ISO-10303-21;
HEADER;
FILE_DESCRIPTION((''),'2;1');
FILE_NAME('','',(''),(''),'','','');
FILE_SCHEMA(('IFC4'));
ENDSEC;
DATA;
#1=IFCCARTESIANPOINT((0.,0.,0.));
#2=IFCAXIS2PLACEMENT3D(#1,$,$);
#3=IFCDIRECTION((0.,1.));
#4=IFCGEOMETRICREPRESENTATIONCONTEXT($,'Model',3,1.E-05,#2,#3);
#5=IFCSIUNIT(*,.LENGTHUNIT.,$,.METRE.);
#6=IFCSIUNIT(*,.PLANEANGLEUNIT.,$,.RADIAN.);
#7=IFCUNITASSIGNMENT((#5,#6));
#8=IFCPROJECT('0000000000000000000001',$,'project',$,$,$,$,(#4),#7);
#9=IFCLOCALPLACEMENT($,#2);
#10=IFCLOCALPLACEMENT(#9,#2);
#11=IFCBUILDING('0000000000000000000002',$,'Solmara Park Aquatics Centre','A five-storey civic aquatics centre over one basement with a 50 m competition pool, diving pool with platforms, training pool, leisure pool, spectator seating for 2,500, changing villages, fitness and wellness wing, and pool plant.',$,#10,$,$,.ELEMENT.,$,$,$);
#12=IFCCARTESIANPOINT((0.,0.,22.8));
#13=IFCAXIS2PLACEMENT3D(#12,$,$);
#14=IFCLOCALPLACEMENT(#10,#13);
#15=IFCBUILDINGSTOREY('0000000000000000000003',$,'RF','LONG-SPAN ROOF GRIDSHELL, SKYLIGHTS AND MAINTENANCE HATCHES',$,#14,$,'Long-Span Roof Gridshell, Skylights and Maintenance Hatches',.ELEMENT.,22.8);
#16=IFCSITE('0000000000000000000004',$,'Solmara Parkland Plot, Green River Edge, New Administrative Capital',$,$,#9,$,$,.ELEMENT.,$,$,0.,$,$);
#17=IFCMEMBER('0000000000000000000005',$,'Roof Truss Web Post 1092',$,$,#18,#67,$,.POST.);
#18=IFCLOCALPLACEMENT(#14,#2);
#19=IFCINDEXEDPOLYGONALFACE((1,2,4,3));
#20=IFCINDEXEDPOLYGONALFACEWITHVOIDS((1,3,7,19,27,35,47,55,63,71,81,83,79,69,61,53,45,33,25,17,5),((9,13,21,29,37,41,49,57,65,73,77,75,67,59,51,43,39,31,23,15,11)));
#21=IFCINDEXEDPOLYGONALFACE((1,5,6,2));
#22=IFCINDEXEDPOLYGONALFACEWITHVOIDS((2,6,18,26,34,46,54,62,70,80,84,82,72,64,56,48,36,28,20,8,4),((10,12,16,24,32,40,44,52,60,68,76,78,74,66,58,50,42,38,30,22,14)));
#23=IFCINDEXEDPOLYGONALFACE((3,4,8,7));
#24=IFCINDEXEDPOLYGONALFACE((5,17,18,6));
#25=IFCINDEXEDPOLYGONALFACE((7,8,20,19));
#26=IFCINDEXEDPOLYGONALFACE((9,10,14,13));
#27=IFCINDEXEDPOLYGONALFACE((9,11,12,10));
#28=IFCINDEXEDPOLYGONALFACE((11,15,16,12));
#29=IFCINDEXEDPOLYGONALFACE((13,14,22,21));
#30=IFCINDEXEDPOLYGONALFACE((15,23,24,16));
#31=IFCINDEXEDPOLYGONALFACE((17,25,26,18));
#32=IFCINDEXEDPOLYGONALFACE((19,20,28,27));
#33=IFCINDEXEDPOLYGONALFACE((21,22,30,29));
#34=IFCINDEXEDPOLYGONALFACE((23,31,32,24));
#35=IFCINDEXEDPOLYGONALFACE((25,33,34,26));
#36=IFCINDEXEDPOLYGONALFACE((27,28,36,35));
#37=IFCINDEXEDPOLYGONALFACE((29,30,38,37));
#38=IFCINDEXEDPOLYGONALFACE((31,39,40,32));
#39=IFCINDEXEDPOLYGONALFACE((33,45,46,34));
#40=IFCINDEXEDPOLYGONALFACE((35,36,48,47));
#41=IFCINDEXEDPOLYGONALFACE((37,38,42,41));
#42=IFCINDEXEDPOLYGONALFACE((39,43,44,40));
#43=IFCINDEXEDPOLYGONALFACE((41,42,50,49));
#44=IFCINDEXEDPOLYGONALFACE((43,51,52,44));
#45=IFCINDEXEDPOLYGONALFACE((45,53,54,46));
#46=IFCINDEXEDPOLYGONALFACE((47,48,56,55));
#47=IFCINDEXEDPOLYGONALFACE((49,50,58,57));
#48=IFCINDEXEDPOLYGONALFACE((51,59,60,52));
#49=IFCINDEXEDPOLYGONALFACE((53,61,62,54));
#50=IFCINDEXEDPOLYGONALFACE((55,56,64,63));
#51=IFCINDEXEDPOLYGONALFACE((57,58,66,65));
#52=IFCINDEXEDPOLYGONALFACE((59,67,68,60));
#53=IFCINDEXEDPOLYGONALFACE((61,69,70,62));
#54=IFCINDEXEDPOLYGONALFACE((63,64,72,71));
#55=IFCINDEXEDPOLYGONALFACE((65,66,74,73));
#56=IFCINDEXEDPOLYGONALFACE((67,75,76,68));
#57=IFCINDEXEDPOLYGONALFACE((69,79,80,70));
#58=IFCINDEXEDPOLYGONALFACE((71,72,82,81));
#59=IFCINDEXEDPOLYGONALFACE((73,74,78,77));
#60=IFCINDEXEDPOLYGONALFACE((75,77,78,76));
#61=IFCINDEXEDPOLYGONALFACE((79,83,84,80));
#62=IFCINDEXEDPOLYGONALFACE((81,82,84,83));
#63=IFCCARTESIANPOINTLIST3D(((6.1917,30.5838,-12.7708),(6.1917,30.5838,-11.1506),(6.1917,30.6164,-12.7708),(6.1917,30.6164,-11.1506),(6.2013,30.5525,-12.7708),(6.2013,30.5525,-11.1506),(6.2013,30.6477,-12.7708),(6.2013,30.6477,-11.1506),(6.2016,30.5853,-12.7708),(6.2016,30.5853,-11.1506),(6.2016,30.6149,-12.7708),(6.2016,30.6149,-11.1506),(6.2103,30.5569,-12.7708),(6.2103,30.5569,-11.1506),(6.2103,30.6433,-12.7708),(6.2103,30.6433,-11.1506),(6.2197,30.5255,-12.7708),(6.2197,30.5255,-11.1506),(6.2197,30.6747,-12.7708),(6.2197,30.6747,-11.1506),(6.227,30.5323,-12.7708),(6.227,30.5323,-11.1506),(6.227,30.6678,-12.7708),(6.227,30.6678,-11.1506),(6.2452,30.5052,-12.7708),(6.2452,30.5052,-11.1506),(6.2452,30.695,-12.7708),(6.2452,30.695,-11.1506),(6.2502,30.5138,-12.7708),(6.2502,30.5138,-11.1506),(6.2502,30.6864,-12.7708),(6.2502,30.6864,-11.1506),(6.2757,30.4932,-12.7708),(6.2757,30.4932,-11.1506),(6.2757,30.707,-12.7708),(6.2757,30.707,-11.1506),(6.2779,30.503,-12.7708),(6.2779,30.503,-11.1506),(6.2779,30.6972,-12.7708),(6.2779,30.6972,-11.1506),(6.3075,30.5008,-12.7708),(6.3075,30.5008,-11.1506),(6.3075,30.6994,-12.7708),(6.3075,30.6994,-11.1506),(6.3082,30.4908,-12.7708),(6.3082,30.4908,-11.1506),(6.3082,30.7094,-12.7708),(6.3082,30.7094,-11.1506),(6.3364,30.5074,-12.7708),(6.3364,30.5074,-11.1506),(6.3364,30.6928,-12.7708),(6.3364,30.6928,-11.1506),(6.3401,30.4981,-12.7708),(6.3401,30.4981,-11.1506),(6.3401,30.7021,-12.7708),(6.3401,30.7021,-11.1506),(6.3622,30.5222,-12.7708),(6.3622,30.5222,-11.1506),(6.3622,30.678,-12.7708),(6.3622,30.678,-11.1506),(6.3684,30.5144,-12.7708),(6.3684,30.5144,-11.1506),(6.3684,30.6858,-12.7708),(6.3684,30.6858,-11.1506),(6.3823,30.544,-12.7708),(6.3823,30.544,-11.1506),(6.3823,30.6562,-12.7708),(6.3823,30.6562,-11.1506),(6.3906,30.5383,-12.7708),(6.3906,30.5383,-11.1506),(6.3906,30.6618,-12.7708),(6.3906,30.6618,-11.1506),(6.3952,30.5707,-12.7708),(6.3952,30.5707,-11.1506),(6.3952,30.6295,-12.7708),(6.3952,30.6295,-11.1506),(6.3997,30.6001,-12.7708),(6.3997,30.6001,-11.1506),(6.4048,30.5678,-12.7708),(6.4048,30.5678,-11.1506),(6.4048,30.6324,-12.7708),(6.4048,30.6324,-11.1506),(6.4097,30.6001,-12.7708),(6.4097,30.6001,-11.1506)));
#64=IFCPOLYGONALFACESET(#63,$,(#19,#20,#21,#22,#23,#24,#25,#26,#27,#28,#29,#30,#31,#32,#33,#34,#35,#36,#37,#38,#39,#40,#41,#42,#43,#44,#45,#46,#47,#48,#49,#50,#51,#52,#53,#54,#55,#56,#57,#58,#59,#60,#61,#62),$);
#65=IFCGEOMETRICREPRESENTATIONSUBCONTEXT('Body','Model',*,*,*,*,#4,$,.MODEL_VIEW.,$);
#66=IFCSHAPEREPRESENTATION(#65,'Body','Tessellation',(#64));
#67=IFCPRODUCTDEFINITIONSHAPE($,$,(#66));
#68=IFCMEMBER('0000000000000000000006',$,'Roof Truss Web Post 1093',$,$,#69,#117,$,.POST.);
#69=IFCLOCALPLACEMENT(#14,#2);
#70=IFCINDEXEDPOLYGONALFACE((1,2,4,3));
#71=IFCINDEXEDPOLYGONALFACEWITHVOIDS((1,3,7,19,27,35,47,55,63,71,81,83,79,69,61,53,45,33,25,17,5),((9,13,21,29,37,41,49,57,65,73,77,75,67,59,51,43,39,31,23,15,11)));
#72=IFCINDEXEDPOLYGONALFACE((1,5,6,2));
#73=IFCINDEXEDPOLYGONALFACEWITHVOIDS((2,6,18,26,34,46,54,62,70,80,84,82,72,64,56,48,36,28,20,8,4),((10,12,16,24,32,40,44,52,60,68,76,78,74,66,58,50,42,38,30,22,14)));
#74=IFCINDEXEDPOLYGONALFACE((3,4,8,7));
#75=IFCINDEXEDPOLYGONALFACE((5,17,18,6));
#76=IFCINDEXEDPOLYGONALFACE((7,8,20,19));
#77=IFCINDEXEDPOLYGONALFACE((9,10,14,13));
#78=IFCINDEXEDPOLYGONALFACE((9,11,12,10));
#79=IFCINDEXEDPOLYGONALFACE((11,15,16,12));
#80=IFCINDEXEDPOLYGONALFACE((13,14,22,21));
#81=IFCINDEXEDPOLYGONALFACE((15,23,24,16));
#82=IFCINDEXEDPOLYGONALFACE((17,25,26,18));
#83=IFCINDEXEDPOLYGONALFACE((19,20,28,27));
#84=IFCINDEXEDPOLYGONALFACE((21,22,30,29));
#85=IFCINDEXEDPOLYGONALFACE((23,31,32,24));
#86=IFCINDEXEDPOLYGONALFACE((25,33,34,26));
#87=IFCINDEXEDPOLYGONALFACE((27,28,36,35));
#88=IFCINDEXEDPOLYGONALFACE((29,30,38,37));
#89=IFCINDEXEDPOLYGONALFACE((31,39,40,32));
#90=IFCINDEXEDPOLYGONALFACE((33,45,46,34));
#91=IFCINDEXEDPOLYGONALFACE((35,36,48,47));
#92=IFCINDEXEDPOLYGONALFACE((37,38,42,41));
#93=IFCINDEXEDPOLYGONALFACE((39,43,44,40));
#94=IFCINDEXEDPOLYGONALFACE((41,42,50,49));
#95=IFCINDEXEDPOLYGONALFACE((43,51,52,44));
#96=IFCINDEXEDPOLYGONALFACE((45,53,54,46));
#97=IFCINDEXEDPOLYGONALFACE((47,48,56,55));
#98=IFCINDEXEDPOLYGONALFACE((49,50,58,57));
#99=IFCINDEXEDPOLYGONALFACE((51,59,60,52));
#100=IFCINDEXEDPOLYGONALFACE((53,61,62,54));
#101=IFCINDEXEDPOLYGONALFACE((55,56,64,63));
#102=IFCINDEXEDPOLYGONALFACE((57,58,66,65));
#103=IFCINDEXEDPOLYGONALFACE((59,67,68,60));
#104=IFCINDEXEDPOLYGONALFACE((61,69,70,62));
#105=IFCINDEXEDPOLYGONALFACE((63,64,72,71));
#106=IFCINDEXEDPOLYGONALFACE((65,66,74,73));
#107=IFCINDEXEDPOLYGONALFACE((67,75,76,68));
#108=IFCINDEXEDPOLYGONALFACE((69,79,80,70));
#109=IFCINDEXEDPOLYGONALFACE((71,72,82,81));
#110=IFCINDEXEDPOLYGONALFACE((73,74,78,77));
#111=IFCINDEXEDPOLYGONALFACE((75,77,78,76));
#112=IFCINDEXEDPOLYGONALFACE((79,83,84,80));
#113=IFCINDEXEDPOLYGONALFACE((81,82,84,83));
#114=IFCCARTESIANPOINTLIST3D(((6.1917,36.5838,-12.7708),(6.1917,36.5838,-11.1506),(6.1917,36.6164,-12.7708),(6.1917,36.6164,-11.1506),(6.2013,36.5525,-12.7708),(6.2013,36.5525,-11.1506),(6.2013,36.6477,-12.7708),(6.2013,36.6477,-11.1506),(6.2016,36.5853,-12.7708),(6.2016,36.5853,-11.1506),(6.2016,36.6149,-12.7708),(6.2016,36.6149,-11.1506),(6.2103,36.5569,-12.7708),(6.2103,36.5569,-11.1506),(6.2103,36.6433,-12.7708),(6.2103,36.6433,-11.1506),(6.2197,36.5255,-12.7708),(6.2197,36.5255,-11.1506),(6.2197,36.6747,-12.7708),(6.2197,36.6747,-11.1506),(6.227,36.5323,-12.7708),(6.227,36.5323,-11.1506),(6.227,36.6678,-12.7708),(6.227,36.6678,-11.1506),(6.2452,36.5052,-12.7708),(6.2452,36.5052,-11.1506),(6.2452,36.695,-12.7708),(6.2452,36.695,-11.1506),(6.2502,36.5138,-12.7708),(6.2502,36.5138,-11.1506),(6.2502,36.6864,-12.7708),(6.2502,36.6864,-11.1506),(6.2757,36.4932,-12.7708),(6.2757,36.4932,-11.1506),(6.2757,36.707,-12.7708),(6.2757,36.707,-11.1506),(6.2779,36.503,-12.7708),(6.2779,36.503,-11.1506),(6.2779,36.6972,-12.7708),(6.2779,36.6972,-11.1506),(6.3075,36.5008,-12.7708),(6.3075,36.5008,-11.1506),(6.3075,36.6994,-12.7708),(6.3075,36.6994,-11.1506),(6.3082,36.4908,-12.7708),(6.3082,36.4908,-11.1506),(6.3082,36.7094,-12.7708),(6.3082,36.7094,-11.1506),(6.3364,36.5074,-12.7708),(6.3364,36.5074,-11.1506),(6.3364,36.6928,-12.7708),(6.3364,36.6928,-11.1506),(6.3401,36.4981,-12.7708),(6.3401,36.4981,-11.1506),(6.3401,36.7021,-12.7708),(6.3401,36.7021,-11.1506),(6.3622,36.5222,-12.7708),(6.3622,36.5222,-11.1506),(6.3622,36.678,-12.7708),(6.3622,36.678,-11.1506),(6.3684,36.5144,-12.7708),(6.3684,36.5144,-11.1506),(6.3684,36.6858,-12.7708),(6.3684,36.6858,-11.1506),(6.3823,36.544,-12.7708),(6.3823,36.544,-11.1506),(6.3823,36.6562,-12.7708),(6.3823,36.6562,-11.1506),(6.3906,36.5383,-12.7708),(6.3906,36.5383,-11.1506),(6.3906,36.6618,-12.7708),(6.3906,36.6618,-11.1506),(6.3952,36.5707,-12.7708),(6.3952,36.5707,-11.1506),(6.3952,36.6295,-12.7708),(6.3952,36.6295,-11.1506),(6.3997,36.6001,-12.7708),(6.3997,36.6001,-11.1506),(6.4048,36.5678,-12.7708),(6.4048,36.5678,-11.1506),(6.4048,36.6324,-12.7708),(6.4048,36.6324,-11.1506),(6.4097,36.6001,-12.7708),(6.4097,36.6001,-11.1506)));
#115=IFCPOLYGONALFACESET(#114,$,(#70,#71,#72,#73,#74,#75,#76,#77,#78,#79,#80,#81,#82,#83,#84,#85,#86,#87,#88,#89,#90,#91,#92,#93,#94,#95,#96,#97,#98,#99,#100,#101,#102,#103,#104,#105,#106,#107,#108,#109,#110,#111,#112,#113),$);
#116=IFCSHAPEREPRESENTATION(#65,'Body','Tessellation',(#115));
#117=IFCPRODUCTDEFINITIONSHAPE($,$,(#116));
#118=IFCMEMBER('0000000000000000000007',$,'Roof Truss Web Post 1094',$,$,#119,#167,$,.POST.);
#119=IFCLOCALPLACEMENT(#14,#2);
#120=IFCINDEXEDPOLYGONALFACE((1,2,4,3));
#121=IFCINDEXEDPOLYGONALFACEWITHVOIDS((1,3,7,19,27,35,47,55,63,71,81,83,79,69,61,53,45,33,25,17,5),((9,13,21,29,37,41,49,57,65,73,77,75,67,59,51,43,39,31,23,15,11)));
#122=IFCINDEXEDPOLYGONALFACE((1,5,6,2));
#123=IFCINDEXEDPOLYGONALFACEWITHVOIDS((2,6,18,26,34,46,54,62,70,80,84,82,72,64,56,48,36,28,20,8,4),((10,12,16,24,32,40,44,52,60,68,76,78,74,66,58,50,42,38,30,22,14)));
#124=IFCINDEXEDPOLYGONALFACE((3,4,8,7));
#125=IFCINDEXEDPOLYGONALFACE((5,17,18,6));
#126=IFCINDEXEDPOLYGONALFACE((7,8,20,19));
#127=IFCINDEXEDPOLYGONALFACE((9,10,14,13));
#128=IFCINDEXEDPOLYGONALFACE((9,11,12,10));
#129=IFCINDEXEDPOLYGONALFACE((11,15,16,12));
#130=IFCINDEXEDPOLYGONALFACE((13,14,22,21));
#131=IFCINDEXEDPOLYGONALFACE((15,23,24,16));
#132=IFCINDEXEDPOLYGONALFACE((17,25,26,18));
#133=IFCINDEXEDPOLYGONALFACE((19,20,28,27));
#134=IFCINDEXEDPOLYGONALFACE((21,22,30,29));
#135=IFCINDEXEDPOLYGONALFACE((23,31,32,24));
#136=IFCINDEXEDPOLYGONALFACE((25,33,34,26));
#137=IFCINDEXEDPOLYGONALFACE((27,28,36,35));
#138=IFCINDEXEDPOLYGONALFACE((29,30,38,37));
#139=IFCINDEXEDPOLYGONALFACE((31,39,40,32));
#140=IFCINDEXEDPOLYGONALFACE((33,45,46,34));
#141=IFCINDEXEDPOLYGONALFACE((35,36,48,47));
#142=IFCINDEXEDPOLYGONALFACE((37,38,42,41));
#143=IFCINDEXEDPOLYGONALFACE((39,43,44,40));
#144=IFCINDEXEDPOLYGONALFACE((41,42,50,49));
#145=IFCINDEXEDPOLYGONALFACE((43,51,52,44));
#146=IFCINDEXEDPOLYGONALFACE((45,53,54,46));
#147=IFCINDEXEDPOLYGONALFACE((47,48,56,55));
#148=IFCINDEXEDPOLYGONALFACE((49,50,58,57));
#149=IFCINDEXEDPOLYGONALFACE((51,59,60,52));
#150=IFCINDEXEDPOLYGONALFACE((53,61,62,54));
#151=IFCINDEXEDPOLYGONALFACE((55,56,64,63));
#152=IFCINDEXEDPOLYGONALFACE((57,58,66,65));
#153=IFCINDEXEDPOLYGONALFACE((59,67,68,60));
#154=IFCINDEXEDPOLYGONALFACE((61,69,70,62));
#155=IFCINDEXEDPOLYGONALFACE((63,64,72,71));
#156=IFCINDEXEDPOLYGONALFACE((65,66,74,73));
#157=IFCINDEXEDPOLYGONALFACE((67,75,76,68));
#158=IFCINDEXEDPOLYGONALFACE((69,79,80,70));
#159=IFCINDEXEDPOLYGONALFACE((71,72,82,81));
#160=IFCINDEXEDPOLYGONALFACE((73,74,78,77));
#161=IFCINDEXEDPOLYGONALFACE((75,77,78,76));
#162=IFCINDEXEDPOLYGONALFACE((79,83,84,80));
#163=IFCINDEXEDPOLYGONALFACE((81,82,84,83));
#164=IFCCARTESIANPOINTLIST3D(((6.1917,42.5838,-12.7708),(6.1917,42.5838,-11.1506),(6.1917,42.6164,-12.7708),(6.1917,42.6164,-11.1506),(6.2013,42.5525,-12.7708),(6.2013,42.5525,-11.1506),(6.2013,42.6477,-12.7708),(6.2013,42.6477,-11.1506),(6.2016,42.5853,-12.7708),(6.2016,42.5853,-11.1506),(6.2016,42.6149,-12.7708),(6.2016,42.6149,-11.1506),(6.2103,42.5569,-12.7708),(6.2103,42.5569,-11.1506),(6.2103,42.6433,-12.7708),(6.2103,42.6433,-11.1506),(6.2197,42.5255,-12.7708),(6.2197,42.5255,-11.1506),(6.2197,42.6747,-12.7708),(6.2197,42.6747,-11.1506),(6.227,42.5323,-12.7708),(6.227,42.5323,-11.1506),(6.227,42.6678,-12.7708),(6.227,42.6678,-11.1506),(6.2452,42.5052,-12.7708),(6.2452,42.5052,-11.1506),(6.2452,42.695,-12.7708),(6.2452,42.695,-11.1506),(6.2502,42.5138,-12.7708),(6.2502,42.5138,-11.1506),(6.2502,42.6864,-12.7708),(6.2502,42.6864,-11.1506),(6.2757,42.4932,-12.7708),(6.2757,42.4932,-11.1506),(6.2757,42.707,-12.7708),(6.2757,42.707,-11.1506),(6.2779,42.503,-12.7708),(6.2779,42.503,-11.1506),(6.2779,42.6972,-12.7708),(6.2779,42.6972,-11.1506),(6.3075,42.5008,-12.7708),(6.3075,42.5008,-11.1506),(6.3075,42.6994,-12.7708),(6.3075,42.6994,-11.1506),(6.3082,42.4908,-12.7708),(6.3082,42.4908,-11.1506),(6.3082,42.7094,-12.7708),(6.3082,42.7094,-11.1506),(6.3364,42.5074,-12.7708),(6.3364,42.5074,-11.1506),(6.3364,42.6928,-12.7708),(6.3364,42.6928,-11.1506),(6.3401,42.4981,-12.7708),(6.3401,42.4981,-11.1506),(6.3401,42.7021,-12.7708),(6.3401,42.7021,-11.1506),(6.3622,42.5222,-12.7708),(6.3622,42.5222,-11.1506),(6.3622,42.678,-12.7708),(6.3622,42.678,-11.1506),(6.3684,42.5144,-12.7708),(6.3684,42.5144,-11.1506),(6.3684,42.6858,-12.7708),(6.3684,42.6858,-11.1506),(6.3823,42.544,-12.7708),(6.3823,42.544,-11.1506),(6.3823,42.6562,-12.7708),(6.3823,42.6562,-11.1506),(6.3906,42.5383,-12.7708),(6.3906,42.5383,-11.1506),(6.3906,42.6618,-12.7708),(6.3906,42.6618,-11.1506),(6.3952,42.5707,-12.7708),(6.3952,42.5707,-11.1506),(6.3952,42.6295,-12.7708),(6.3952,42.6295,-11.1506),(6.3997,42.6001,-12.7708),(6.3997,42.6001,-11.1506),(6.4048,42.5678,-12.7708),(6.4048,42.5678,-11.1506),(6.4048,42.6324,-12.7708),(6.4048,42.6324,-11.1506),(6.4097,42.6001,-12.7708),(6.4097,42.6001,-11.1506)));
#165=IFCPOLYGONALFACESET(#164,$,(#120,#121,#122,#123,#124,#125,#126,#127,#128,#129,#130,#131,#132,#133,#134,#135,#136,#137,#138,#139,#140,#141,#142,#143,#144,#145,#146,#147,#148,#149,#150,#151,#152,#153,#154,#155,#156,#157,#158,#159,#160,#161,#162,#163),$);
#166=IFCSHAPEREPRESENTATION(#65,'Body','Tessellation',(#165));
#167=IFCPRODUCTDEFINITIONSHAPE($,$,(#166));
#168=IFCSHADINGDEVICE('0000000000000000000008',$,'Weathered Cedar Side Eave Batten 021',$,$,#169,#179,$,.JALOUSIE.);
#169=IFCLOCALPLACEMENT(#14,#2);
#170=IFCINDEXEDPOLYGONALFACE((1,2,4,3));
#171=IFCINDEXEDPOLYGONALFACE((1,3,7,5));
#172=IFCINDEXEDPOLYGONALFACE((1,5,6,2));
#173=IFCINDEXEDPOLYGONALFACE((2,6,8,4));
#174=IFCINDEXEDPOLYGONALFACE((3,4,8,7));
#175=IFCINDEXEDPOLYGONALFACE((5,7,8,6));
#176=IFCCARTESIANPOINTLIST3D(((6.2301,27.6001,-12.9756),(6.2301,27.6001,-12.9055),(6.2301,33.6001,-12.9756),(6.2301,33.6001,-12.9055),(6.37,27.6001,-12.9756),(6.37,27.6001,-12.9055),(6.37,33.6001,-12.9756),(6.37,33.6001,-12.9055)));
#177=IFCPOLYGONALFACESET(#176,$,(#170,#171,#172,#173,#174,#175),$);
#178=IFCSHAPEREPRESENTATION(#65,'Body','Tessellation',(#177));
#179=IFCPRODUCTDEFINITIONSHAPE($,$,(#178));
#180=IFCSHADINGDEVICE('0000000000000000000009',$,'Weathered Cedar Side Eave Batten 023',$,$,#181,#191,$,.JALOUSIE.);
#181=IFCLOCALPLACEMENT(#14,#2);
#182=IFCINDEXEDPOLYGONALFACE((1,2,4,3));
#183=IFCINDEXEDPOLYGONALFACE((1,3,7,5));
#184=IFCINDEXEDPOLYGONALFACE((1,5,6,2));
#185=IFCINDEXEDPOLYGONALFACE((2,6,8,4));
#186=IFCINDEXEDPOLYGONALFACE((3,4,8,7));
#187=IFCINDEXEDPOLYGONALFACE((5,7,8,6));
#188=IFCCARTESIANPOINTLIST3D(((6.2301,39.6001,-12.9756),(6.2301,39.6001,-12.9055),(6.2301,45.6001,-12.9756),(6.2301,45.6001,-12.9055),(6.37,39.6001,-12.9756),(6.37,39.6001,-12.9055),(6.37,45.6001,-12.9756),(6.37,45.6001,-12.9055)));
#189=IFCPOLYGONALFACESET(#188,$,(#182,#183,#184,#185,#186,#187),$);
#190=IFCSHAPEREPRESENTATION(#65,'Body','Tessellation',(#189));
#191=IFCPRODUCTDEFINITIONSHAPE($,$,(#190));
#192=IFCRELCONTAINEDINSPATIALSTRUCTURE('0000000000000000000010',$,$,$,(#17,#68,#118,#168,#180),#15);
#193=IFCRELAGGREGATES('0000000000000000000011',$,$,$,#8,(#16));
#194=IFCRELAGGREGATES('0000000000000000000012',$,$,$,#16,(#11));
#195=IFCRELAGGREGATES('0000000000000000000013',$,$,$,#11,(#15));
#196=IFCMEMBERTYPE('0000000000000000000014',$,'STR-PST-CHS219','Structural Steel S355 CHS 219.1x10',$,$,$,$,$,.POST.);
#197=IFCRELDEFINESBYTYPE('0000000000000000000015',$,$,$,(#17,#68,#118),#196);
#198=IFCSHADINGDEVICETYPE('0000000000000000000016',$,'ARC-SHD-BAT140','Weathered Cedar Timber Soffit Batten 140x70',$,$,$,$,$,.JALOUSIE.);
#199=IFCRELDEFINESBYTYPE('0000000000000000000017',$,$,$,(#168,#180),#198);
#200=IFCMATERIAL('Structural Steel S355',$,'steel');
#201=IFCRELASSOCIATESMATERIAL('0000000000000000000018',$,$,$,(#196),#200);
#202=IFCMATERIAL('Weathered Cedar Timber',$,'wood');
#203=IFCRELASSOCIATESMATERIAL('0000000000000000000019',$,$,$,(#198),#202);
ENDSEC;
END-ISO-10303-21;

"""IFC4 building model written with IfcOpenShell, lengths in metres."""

from ifc_helpers import new_model, si_unit, direction, frame, origin, origin_2d, place, context, subcontext, project, spatial, rectangle, hollow_circle, extrude, material, material_profile, profile_set, type_object, element, save


model = new_model("IFC4")

# Units and contexts
model_context = context("Model", 3, precision=1e-05, world=origin(), true_north=direction((0.0, 1.0)))
body_context = subcontext(model_context, "Body", "Model", "MODEL_VIEW")
ifc_project = project(units=[si_unit("LENGTHUNIT", "METRE"), si_unit("PLANEANGLEUNIT", "RADIAN")], contexts=[model_context])

# Site, building, storey
site_placement = place(None, origin())
site = spatial("IfcSite", under=ifc_project, at=site_placement, Name="Solmara Parkland Plot, Green River Edge, New Administrative Capital", CompositionType="ELEMENT", RefElevation=0.0)
building_placement = place(site_placement, origin())
building = spatial("IfcBuilding", under=site, at=building_placement, Name="Solmara Park Aquatics Centre", Description="A five-storey civic aquatics centre over one basement with a 50 m competition pool, diving pool with platforms, training pool, leisure pool, spectator seating for 2,500, changing villages, fitness and wellness wing, and pool plant.", CompositionType="ELEMENT")
storey_placement = place(building_placement, frame((0.0, 0.0, 22.8)))
storey = spatial("IfcBuildingStorey", under=building, at=storey_placement, Name="RF", Description="LONG-SPAN ROOF GRIDSHELL, SKYLIGHTS AND MAINTENANCE HATCHES", LongName="Long-Span Roof Gridshell, Skylights and Maintenance Hatches", CompositionType="ELEMENT", Elevation=22.8)

# Members
ifc_material_1 = material(Name="Structural Steel S355", Category="steel")
ifc_material_profile_1 = material_profile(ifc_material_1, hollow_circle(Radius=0.1096, WallThickness=0.01, at=origin_2d()), Name="CHS 219.1x10")
ifc_profile_set_1 = profile_set([ifc_material_profile_1], Name="Structural Steel S355")
member_type_1 = type_object("IfcMemberType", Name="STR-PST-CHS219", Description="Structural Steel S355 CHS 219.1x10", PredefinedType="POST", material=ifc_profile_set_1)
for number, where, z_axis, x_axis, name in (
    (1, (6.3, 30.6001, -12.7708), (0.0, 0.0, 1.0), (1.0, 0.0, 0.0), "Roof Truss Web Post 1092"),
    (2, (6.3, 36.6001, -12.7708), (0.0, 0.0, 1.0), (1.0, 0.0, 0.0), "Roof Truss Web Post 1093"),
    (3, (6.3, 42.6001, -12.7708), (0.0, 0.0, 1.0), (1.0, 0.0, 0.0), "Roof Truss Web Post 1094"),
):
    element("IfcMember", number, at=place(storey_placement, frame(where, z_axis=z_axis, x_axis=x_axis)), inside=storey, type_object=member_type_1, Name=name, PredefinedType="POST", context=body_context, shape_type="SweptSolid", body=[
        extrude(hollow_circle(Radius=0.1096, WallThickness=0.01, at=origin_2d()), origin(), (0.0, 0.0, 1.0), 1.6201),
    ])

# Shading devices
ifc_material_2 = material(Name="Weathered Cedar Timber", Category="wood")
shading_device_type = type_object("IfcShadingDeviceType", Name="ARC-SHD-BAT140", Description="Weathered Cedar Timber Soffit Batten 140x70", PredefinedType="JALOUSIE", material=ifc_material_2)
for number, where, z_axis, x_axis, name in (
    (4, (6.3, 30.6001, -12.9756), (0.0, 0.0, 1.0), (1.0, 0.0, 0.0), "Weathered Cedar Side Eave Batten 021"),
    (5, (6.3, 42.6001, -12.9756), (0.0, 0.0, 1.0), (1.0, 0.0, 0.0), "Weathered Cedar Side Eave Batten 023"),
):
    element("IfcShadingDevice", number, at=place(storey_placement, frame(where, z_axis=z_axis, x_axis=x_axis)), inside=storey, type_object=shading_device_type, Name=name, PredefinedType="JALOUSIE", context=body_context, shape_type="SweptSolid", body=[
        extrude(rectangle(XDim=0.1399, YDim=6.0, at=origin_2d()), origin(), (0.0, 0.0, 1.0), 0.0701),
    ])

save(model, "model.ifc")
